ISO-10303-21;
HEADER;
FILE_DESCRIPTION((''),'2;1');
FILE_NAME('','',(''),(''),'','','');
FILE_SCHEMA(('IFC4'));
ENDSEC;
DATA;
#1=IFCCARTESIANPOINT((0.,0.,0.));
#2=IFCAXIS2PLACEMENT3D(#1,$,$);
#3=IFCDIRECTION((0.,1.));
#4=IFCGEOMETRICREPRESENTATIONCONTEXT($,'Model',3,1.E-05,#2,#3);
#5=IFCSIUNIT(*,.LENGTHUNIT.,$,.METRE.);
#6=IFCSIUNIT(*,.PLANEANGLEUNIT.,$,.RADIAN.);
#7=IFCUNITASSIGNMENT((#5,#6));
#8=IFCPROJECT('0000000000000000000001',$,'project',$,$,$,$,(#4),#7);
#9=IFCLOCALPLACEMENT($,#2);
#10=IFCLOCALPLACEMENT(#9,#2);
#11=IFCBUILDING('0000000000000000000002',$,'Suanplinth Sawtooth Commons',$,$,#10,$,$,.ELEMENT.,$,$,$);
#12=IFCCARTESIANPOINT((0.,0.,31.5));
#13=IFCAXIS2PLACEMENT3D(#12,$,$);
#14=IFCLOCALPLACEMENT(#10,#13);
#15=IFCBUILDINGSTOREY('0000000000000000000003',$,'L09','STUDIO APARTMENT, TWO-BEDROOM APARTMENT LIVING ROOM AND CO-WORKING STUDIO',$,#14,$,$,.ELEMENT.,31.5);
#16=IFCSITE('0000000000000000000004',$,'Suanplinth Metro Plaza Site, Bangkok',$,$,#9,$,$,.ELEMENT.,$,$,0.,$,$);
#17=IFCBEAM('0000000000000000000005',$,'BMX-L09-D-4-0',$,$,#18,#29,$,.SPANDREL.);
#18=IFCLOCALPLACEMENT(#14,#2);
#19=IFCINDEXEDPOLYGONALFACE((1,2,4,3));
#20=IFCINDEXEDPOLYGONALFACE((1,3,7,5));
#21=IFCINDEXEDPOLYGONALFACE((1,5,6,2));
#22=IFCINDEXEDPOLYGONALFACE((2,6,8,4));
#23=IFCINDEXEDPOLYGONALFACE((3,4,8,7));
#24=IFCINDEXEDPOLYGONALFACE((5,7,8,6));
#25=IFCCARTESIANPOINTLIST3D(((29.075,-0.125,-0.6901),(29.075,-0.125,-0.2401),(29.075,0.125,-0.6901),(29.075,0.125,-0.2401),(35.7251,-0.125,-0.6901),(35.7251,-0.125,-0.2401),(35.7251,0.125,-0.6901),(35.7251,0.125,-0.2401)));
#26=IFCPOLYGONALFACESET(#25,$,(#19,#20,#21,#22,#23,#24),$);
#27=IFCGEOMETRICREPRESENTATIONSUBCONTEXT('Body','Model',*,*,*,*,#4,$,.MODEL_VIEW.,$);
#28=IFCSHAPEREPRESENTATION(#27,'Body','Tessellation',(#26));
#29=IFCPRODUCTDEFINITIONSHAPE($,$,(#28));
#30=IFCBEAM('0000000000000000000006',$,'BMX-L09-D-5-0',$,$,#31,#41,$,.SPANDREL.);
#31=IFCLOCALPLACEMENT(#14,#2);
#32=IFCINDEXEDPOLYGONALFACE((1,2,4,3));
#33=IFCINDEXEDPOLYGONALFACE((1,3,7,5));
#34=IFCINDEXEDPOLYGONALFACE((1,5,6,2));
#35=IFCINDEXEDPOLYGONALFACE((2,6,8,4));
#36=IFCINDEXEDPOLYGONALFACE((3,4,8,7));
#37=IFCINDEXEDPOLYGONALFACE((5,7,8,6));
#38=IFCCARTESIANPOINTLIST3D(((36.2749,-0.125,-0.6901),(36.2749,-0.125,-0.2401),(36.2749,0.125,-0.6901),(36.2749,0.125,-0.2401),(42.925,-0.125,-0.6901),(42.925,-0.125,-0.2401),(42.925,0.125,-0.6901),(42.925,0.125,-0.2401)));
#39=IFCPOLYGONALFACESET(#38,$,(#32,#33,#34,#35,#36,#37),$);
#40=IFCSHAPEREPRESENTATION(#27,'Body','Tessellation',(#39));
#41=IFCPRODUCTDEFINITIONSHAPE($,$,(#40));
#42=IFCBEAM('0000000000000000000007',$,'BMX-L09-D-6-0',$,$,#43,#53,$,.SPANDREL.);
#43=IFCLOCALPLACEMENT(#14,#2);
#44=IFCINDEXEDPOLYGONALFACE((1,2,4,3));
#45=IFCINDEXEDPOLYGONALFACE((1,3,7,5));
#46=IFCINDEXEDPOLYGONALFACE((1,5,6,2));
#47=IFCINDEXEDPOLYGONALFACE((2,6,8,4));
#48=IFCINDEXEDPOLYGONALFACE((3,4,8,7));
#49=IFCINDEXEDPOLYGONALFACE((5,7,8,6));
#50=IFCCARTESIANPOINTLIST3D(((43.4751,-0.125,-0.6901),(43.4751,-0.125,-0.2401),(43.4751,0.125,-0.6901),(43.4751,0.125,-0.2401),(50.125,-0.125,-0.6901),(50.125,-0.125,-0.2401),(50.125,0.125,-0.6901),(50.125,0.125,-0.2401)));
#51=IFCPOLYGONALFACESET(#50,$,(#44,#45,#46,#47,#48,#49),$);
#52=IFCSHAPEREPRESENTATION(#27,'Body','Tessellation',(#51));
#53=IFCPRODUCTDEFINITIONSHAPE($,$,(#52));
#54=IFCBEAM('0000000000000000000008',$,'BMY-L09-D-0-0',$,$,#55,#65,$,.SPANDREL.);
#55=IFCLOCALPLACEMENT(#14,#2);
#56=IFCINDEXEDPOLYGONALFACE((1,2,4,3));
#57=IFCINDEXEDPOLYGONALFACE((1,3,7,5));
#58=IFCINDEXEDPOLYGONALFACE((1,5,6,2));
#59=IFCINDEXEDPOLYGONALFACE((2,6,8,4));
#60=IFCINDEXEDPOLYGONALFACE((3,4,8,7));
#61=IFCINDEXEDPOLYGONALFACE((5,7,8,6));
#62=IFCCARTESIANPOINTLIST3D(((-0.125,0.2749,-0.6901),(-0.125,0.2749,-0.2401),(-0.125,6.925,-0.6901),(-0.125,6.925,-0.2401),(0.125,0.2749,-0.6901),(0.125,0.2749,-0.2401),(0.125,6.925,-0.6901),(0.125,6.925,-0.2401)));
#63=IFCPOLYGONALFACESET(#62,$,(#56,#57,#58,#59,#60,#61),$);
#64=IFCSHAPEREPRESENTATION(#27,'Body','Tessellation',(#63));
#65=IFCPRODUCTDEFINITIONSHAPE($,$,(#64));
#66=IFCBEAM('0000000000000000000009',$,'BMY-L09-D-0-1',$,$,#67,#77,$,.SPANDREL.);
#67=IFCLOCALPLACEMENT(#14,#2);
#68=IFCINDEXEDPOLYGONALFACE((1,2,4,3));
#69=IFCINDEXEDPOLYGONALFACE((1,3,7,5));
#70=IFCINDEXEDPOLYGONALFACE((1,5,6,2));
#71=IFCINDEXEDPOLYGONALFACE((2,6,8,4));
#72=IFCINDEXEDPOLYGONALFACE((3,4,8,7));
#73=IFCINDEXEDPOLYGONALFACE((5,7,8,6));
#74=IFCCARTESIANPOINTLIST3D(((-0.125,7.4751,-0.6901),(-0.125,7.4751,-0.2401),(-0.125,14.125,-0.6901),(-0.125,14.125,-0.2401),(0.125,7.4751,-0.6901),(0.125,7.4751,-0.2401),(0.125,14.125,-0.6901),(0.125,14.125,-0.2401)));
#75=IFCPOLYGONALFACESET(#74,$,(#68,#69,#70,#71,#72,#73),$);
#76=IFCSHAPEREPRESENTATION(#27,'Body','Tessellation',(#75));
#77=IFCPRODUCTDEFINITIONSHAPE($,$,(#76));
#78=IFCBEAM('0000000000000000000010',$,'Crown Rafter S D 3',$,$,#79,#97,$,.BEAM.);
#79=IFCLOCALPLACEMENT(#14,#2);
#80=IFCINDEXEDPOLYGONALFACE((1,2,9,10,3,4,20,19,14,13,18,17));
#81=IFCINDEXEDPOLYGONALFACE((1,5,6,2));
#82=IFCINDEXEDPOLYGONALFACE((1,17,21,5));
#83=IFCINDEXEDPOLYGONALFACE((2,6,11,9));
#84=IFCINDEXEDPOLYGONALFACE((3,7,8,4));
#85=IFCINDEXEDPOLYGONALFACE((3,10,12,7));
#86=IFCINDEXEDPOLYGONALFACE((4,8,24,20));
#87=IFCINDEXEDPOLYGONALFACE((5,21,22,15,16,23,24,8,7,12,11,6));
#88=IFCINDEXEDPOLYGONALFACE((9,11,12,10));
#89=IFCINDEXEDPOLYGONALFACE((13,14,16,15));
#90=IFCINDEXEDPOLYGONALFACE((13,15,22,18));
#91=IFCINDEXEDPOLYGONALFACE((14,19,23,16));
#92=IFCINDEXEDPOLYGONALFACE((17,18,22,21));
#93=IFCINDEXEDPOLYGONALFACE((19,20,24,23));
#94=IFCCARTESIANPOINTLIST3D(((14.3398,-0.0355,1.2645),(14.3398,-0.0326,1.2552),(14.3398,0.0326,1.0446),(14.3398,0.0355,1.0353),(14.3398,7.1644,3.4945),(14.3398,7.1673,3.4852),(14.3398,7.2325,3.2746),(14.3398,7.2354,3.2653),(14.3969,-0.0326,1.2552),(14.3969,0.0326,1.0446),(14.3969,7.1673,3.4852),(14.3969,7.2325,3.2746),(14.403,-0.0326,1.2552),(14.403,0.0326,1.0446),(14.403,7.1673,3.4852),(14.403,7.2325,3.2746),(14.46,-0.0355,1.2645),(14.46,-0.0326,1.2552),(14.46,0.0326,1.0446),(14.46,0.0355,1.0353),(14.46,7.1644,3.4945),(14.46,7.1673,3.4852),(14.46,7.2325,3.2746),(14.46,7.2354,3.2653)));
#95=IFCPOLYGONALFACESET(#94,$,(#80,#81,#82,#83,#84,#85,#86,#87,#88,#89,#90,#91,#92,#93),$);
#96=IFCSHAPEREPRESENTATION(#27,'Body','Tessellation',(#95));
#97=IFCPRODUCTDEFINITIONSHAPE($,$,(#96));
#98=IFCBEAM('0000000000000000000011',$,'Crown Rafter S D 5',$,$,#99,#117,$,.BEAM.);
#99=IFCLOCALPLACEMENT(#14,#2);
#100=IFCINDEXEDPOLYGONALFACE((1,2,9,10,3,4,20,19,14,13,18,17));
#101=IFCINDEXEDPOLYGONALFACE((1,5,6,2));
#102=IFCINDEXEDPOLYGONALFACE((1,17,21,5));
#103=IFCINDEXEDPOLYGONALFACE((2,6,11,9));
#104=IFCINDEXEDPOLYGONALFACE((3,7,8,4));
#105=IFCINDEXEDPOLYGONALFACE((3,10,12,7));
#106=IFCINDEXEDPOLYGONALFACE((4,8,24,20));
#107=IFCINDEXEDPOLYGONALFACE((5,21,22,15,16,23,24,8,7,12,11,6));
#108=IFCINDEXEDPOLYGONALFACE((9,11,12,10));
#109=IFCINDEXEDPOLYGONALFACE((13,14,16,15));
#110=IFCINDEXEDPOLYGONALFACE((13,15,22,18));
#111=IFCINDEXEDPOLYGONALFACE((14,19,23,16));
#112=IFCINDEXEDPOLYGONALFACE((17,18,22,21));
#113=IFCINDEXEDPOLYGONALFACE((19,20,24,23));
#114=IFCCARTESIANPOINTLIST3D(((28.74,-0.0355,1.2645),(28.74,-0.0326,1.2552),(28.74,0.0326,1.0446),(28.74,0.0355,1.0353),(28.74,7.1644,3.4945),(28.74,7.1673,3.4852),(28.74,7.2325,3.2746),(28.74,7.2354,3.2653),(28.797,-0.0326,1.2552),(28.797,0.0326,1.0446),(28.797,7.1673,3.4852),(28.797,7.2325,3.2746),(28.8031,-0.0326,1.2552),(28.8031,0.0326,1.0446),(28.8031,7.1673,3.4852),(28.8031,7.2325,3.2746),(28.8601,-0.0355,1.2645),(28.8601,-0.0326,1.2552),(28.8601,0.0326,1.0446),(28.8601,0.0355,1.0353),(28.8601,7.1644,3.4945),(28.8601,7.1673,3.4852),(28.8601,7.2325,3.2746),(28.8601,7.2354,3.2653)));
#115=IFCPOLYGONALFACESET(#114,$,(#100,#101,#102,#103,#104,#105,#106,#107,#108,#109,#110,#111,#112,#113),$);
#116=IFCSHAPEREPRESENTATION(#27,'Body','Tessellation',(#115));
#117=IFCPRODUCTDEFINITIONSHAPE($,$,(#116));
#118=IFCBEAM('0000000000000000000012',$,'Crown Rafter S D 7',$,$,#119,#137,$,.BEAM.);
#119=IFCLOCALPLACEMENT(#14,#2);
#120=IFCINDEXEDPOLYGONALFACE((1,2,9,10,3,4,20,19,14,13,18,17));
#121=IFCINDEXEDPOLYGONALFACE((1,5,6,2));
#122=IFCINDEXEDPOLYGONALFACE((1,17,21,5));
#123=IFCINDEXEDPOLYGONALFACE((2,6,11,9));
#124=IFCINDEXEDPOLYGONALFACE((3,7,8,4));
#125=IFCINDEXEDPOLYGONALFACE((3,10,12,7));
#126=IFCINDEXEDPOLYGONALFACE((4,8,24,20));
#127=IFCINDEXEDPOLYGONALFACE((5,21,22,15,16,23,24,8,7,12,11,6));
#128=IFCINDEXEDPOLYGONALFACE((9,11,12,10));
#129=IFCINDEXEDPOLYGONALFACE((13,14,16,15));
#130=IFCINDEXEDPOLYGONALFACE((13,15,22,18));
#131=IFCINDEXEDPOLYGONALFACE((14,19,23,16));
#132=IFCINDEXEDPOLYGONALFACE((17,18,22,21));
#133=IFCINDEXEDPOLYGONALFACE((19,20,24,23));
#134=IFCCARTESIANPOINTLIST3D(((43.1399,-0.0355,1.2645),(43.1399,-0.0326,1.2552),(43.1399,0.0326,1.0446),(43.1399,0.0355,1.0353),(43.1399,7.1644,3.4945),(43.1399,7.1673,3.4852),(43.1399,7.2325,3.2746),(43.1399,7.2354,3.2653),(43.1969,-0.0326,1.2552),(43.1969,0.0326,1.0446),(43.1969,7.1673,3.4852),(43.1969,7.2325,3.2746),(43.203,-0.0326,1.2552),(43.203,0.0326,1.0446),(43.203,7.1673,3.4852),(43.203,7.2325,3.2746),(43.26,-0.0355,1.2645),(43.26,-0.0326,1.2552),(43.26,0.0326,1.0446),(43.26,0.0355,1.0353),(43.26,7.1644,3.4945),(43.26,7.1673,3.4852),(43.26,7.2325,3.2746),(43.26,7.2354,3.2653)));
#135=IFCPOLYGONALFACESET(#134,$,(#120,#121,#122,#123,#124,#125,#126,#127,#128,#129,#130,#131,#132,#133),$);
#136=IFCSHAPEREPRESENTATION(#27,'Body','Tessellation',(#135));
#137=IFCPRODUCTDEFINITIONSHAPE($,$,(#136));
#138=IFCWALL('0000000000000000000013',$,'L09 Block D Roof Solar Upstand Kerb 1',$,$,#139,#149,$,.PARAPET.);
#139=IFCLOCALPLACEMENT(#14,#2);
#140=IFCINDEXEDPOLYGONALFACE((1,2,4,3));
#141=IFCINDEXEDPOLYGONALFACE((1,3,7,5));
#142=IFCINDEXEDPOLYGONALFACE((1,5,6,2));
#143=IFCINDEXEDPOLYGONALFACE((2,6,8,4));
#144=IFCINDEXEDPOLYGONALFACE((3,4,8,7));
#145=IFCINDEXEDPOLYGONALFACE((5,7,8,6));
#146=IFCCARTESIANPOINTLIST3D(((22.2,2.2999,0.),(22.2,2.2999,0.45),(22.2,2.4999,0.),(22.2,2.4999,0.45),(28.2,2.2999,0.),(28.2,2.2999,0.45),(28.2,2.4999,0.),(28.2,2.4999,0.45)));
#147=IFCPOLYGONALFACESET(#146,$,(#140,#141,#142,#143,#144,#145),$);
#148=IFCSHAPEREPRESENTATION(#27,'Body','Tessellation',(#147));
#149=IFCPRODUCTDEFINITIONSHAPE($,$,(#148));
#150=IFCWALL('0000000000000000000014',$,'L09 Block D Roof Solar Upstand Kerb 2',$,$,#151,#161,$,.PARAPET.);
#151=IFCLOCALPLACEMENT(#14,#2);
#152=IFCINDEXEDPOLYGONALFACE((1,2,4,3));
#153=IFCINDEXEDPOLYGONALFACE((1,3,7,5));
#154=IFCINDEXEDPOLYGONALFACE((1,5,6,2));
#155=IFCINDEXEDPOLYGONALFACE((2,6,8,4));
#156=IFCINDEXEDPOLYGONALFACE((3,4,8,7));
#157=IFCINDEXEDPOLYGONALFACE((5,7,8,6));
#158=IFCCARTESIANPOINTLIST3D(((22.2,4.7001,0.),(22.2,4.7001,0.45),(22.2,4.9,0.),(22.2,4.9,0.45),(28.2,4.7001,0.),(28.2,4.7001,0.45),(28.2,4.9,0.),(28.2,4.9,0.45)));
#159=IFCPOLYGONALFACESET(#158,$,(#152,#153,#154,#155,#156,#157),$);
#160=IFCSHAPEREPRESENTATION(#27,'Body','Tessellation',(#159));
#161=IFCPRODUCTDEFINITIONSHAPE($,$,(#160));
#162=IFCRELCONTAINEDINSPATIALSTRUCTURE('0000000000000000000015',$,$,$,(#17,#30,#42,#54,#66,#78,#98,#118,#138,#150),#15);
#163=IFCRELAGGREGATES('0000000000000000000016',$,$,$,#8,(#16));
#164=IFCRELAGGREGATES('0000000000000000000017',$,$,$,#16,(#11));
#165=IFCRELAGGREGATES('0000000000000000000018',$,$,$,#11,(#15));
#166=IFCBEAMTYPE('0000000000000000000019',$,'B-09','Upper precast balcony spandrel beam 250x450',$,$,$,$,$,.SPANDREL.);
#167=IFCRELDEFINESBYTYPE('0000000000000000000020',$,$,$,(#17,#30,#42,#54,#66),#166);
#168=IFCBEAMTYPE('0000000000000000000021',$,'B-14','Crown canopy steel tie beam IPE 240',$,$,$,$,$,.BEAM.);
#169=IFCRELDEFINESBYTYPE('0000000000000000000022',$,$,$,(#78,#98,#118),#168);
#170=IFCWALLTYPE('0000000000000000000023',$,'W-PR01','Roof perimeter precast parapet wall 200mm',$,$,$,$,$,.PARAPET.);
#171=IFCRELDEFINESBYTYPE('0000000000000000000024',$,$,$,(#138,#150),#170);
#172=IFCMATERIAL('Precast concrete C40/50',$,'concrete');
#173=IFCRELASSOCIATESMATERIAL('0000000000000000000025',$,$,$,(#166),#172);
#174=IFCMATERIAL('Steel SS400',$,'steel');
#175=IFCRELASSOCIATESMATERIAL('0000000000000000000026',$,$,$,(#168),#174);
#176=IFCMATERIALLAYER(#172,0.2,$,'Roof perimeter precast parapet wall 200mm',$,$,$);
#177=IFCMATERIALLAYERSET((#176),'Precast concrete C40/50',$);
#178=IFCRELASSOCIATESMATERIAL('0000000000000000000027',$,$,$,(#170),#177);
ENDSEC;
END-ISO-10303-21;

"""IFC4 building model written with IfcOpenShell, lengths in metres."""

from ifc_helpers import new_model, si_unit, direction, frame, frame_2d, origin, origin_2d, place, context, subcontext, project, spatial, rectangle, i_section, extrude, material, layer, layer_set, material_profile, profile_set, type_object, element, save


model = new_model("IFC4")

# Units and contexts
model_context = context("Model", 3, precision=1e-05, world=origin(), true_north=direction((0.0, 1.0)))
body_context = subcontext(model_context, "Body", "Model", "MODEL_VIEW")
ifc_project = project(units=[si_unit("LENGTHUNIT", "METRE"), si_unit("PLANEANGLEUNIT", "RADIAN")], contexts=[model_context])

# Site, building, storey
site_placement = place(None, origin())
site = spatial("IfcSite", under=ifc_project, at=site_placement, Name="Suanplinth Metro Plaza Site, Bangkok", CompositionType="ELEMENT", RefElevation=0.0)
building_placement = place(site_placement, origin())
building = spatial("IfcBuilding", under=site, at=building_placement, Name="Suanplinth Sawtooth Commons", CompositionType="ELEMENT")
storey_placement = place(building_placement, frame((0.0, 0.0, 31.5)))
storey = spatial("IfcBuildingStorey", under=building, at=storey_placement, Name="L09", Description="STUDIO APARTMENT, TWO-BEDROOM APARTMENT LIVING ROOM AND CO-WORKING STUDIO", CompositionType="ELEMENT", Elevation=31.5)

# Beams
ifc_material_1 = material(Name="Precast concrete C40/50", Category="concrete")
ifc_material_profile_1 = material_profile(ifc_material_1, rectangle(XDim=0.25, YDim=0.45, at=origin_2d()), Name="PC-SP 250x450")
ifc_profile_set_1 = profile_set([ifc_material_profile_1], Name="Precast concrete C40/50")
beam_type_1 = type_object("IfcBeamType", Name="B-09", Description="Upper precast balcony spandrel beam 250x450", PredefinedType="SPANDREL", material=ifc_profile_set_1)
for number, where, z_axis, x_axis, name in (
    (1, (29.075, 0.0, -0.4651), (1.0, 0.0, 0.0), (0.0, 1.0, 0.0), "BMX-L09-D-4-0"),
    (2, (36.2749, 0.0, -0.4651), (1.0, 0.0, 0.0), (0.0, 1.0, 0.0), "BMX-L09-D-5-0"),
):
    element("IfcBeam", number, at=place(storey_placement, frame(where, z_axis=z_axis, x_axis=x_axis)), inside=storey, type_object=beam_type_1, Name=name, PredefinedType="SPANDREL", context=body_context, shape_type="SweptSolid", body=[
        extrude(rectangle(XDim=0.25, YDim=0.45, at=origin_2d()), origin(), (0.0, 0.0, 1.0), 6.6501),
    ])
beam_1_placement = place(storey_placement, frame((43.4751, 0.0, -0.4651), z_axis=(1.0, 0.0, 0.0), x_axis=(0.0, 1.0, 0.0)))
element("IfcBeam", 3, at=beam_1_placement, inside=storey, type_object=beam_type_1, Name="BMX-L09-D-6-0", PredefinedType="SPANDREL", context=body_context, shape_type="SweptSolid", body=[
    extrude(rectangle(XDim=0.25, YDim=0.45, at=origin_2d()), origin(), (0.0, 0.0, 1.0), 6.6499),
])
beam_2_placement = place(storey_placement, frame((0.0, 0.2749, -0.4651), z_axis=(0.0, 1.0, 0.0), x_axis=(-1.0, 0.0, 0.0)))
element("IfcBeam", 4, at=beam_2_placement, inside=storey, type_object=beam_type_1, Name="BMY-L09-D-0-0", PredefinedType="SPANDREL", context=body_context, shape_type="SweptSolid", body=[
    extrude(rectangle(XDim=0.25, YDim=0.45, at=origin_2d()), origin(), (0.0, 0.0, 1.0), 6.6501),
])
beam_3_placement = place(storey_placement, frame((0.0, 7.4751, -0.4651), z_axis=(0.0, 1.0, 0.0), x_axis=(-1.0, 0.0, 0.0)))
element("IfcBeam", 5, at=beam_3_placement, inside=storey, type_object=beam_type_1, Name="BMY-L09-D-0-1", PredefinedType="SPANDREL", context=body_context, shape_type="SweptSolid", body=[
    extrude(rectangle(XDim=0.25, YDim=0.45, at=origin_2d()), origin(), (0.0, 0.0, 1.0), 6.6499),
])
ifc_material_2 = material(Name="Steel SS400", Category="steel")
ifc_material_profile_2 = material_profile(ifc_material_2, i_section(OverallWidth=0.1201, OverallDepth=0.24, WebThickness=0.0061, FlangeThickness=0.0098, at=origin_2d()), Name="IPE 240")
ifc_profile_set_2 = profile_set([ifc_material_profile_2], Name="Steel SS400")
beam_type_2 = type_object("IfcBeamType", Name="B-14", Description="Crown canopy steel tie beam IPE 240", PredefinedType="BEAM", material=ifc_profile_set_2)
for number, where, z_axis, x_axis, name in (
    (6, (14.3999, 0.0, 1.1499), (0.0, 0.955233, 0.295856), (-1.0, 0.0, 0.0), "Crown Rafter S D 3"),
    (7, (28.8, 0.0, 1.1499), (0.0, 0.955233, 0.295856), (-1.0, 0.0, 0.0), "Crown Rafter S D 5"),
    (8, (43.2, 0.0, 1.1499), (0.0, 0.955233, 0.295856), (-1.0, 0.0, 0.0), "Crown Rafter S D 7"),
):
    element("IfcBeam", number, at=place(storey_placement, frame(where, z_axis=z_axis, x_axis=x_axis)), inside=storey, type_object=beam_type_2, Name=name, PredefinedType="BEAM", context=body_context, shape_type="SweptSolid", body=[
        extrude(i_section(OverallWidth=0.1201, OverallDepth=0.24, WebThickness=0.0061, FlangeThickness=0.0098, at=origin_2d()), origin(), (0.0, 0.0, 1.0), 7.5374),
    ])

# Walls
ifc_layer = layer(ifc_material_1, 0.2, Name="Roof perimeter precast parapet wall 200mm")
ifc_layer_set = layer_set([ifc_layer], Name="Precast concrete C40/50")
wall_type = type_object("IfcWallType", Name="W-PR01", Description="Roof perimeter precast parapet wall 200mm", PredefinedType="PARAPET", material=ifc_layer_set)
for number, where, z_axis, x_axis, name in (
    (9, (22.2, 2.3999, 0.0), (0.0, 0.0, 1.0), (1.0, 0.0, 0.0), "L09 Block D Roof Solar Upstand Kerb 1"),
    (10, (22.2, 4.8, 0.0), (0.0, 0.0, 1.0), (1.0, 0.0, 0.0), "L09 Block D Roof Solar Upstand Kerb 2"),
):
    element("IfcWall", number, at=place(storey_placement, frame(where, z_axis=z_axis, x_axis=x_axis)), inside=storey, type_object=wall_type, Name=name, PredefinedType="PARAPET", context=body_context, shape_type="SweptSolid", body=[
        extrude(rectangle(XDim=6.0, YDim=0.2, at=frame_2d((3.0, 0.0))), origin(), (0.0, 0.0, 1.0), 0.45),
    ])

save(model, "model.ifc")
